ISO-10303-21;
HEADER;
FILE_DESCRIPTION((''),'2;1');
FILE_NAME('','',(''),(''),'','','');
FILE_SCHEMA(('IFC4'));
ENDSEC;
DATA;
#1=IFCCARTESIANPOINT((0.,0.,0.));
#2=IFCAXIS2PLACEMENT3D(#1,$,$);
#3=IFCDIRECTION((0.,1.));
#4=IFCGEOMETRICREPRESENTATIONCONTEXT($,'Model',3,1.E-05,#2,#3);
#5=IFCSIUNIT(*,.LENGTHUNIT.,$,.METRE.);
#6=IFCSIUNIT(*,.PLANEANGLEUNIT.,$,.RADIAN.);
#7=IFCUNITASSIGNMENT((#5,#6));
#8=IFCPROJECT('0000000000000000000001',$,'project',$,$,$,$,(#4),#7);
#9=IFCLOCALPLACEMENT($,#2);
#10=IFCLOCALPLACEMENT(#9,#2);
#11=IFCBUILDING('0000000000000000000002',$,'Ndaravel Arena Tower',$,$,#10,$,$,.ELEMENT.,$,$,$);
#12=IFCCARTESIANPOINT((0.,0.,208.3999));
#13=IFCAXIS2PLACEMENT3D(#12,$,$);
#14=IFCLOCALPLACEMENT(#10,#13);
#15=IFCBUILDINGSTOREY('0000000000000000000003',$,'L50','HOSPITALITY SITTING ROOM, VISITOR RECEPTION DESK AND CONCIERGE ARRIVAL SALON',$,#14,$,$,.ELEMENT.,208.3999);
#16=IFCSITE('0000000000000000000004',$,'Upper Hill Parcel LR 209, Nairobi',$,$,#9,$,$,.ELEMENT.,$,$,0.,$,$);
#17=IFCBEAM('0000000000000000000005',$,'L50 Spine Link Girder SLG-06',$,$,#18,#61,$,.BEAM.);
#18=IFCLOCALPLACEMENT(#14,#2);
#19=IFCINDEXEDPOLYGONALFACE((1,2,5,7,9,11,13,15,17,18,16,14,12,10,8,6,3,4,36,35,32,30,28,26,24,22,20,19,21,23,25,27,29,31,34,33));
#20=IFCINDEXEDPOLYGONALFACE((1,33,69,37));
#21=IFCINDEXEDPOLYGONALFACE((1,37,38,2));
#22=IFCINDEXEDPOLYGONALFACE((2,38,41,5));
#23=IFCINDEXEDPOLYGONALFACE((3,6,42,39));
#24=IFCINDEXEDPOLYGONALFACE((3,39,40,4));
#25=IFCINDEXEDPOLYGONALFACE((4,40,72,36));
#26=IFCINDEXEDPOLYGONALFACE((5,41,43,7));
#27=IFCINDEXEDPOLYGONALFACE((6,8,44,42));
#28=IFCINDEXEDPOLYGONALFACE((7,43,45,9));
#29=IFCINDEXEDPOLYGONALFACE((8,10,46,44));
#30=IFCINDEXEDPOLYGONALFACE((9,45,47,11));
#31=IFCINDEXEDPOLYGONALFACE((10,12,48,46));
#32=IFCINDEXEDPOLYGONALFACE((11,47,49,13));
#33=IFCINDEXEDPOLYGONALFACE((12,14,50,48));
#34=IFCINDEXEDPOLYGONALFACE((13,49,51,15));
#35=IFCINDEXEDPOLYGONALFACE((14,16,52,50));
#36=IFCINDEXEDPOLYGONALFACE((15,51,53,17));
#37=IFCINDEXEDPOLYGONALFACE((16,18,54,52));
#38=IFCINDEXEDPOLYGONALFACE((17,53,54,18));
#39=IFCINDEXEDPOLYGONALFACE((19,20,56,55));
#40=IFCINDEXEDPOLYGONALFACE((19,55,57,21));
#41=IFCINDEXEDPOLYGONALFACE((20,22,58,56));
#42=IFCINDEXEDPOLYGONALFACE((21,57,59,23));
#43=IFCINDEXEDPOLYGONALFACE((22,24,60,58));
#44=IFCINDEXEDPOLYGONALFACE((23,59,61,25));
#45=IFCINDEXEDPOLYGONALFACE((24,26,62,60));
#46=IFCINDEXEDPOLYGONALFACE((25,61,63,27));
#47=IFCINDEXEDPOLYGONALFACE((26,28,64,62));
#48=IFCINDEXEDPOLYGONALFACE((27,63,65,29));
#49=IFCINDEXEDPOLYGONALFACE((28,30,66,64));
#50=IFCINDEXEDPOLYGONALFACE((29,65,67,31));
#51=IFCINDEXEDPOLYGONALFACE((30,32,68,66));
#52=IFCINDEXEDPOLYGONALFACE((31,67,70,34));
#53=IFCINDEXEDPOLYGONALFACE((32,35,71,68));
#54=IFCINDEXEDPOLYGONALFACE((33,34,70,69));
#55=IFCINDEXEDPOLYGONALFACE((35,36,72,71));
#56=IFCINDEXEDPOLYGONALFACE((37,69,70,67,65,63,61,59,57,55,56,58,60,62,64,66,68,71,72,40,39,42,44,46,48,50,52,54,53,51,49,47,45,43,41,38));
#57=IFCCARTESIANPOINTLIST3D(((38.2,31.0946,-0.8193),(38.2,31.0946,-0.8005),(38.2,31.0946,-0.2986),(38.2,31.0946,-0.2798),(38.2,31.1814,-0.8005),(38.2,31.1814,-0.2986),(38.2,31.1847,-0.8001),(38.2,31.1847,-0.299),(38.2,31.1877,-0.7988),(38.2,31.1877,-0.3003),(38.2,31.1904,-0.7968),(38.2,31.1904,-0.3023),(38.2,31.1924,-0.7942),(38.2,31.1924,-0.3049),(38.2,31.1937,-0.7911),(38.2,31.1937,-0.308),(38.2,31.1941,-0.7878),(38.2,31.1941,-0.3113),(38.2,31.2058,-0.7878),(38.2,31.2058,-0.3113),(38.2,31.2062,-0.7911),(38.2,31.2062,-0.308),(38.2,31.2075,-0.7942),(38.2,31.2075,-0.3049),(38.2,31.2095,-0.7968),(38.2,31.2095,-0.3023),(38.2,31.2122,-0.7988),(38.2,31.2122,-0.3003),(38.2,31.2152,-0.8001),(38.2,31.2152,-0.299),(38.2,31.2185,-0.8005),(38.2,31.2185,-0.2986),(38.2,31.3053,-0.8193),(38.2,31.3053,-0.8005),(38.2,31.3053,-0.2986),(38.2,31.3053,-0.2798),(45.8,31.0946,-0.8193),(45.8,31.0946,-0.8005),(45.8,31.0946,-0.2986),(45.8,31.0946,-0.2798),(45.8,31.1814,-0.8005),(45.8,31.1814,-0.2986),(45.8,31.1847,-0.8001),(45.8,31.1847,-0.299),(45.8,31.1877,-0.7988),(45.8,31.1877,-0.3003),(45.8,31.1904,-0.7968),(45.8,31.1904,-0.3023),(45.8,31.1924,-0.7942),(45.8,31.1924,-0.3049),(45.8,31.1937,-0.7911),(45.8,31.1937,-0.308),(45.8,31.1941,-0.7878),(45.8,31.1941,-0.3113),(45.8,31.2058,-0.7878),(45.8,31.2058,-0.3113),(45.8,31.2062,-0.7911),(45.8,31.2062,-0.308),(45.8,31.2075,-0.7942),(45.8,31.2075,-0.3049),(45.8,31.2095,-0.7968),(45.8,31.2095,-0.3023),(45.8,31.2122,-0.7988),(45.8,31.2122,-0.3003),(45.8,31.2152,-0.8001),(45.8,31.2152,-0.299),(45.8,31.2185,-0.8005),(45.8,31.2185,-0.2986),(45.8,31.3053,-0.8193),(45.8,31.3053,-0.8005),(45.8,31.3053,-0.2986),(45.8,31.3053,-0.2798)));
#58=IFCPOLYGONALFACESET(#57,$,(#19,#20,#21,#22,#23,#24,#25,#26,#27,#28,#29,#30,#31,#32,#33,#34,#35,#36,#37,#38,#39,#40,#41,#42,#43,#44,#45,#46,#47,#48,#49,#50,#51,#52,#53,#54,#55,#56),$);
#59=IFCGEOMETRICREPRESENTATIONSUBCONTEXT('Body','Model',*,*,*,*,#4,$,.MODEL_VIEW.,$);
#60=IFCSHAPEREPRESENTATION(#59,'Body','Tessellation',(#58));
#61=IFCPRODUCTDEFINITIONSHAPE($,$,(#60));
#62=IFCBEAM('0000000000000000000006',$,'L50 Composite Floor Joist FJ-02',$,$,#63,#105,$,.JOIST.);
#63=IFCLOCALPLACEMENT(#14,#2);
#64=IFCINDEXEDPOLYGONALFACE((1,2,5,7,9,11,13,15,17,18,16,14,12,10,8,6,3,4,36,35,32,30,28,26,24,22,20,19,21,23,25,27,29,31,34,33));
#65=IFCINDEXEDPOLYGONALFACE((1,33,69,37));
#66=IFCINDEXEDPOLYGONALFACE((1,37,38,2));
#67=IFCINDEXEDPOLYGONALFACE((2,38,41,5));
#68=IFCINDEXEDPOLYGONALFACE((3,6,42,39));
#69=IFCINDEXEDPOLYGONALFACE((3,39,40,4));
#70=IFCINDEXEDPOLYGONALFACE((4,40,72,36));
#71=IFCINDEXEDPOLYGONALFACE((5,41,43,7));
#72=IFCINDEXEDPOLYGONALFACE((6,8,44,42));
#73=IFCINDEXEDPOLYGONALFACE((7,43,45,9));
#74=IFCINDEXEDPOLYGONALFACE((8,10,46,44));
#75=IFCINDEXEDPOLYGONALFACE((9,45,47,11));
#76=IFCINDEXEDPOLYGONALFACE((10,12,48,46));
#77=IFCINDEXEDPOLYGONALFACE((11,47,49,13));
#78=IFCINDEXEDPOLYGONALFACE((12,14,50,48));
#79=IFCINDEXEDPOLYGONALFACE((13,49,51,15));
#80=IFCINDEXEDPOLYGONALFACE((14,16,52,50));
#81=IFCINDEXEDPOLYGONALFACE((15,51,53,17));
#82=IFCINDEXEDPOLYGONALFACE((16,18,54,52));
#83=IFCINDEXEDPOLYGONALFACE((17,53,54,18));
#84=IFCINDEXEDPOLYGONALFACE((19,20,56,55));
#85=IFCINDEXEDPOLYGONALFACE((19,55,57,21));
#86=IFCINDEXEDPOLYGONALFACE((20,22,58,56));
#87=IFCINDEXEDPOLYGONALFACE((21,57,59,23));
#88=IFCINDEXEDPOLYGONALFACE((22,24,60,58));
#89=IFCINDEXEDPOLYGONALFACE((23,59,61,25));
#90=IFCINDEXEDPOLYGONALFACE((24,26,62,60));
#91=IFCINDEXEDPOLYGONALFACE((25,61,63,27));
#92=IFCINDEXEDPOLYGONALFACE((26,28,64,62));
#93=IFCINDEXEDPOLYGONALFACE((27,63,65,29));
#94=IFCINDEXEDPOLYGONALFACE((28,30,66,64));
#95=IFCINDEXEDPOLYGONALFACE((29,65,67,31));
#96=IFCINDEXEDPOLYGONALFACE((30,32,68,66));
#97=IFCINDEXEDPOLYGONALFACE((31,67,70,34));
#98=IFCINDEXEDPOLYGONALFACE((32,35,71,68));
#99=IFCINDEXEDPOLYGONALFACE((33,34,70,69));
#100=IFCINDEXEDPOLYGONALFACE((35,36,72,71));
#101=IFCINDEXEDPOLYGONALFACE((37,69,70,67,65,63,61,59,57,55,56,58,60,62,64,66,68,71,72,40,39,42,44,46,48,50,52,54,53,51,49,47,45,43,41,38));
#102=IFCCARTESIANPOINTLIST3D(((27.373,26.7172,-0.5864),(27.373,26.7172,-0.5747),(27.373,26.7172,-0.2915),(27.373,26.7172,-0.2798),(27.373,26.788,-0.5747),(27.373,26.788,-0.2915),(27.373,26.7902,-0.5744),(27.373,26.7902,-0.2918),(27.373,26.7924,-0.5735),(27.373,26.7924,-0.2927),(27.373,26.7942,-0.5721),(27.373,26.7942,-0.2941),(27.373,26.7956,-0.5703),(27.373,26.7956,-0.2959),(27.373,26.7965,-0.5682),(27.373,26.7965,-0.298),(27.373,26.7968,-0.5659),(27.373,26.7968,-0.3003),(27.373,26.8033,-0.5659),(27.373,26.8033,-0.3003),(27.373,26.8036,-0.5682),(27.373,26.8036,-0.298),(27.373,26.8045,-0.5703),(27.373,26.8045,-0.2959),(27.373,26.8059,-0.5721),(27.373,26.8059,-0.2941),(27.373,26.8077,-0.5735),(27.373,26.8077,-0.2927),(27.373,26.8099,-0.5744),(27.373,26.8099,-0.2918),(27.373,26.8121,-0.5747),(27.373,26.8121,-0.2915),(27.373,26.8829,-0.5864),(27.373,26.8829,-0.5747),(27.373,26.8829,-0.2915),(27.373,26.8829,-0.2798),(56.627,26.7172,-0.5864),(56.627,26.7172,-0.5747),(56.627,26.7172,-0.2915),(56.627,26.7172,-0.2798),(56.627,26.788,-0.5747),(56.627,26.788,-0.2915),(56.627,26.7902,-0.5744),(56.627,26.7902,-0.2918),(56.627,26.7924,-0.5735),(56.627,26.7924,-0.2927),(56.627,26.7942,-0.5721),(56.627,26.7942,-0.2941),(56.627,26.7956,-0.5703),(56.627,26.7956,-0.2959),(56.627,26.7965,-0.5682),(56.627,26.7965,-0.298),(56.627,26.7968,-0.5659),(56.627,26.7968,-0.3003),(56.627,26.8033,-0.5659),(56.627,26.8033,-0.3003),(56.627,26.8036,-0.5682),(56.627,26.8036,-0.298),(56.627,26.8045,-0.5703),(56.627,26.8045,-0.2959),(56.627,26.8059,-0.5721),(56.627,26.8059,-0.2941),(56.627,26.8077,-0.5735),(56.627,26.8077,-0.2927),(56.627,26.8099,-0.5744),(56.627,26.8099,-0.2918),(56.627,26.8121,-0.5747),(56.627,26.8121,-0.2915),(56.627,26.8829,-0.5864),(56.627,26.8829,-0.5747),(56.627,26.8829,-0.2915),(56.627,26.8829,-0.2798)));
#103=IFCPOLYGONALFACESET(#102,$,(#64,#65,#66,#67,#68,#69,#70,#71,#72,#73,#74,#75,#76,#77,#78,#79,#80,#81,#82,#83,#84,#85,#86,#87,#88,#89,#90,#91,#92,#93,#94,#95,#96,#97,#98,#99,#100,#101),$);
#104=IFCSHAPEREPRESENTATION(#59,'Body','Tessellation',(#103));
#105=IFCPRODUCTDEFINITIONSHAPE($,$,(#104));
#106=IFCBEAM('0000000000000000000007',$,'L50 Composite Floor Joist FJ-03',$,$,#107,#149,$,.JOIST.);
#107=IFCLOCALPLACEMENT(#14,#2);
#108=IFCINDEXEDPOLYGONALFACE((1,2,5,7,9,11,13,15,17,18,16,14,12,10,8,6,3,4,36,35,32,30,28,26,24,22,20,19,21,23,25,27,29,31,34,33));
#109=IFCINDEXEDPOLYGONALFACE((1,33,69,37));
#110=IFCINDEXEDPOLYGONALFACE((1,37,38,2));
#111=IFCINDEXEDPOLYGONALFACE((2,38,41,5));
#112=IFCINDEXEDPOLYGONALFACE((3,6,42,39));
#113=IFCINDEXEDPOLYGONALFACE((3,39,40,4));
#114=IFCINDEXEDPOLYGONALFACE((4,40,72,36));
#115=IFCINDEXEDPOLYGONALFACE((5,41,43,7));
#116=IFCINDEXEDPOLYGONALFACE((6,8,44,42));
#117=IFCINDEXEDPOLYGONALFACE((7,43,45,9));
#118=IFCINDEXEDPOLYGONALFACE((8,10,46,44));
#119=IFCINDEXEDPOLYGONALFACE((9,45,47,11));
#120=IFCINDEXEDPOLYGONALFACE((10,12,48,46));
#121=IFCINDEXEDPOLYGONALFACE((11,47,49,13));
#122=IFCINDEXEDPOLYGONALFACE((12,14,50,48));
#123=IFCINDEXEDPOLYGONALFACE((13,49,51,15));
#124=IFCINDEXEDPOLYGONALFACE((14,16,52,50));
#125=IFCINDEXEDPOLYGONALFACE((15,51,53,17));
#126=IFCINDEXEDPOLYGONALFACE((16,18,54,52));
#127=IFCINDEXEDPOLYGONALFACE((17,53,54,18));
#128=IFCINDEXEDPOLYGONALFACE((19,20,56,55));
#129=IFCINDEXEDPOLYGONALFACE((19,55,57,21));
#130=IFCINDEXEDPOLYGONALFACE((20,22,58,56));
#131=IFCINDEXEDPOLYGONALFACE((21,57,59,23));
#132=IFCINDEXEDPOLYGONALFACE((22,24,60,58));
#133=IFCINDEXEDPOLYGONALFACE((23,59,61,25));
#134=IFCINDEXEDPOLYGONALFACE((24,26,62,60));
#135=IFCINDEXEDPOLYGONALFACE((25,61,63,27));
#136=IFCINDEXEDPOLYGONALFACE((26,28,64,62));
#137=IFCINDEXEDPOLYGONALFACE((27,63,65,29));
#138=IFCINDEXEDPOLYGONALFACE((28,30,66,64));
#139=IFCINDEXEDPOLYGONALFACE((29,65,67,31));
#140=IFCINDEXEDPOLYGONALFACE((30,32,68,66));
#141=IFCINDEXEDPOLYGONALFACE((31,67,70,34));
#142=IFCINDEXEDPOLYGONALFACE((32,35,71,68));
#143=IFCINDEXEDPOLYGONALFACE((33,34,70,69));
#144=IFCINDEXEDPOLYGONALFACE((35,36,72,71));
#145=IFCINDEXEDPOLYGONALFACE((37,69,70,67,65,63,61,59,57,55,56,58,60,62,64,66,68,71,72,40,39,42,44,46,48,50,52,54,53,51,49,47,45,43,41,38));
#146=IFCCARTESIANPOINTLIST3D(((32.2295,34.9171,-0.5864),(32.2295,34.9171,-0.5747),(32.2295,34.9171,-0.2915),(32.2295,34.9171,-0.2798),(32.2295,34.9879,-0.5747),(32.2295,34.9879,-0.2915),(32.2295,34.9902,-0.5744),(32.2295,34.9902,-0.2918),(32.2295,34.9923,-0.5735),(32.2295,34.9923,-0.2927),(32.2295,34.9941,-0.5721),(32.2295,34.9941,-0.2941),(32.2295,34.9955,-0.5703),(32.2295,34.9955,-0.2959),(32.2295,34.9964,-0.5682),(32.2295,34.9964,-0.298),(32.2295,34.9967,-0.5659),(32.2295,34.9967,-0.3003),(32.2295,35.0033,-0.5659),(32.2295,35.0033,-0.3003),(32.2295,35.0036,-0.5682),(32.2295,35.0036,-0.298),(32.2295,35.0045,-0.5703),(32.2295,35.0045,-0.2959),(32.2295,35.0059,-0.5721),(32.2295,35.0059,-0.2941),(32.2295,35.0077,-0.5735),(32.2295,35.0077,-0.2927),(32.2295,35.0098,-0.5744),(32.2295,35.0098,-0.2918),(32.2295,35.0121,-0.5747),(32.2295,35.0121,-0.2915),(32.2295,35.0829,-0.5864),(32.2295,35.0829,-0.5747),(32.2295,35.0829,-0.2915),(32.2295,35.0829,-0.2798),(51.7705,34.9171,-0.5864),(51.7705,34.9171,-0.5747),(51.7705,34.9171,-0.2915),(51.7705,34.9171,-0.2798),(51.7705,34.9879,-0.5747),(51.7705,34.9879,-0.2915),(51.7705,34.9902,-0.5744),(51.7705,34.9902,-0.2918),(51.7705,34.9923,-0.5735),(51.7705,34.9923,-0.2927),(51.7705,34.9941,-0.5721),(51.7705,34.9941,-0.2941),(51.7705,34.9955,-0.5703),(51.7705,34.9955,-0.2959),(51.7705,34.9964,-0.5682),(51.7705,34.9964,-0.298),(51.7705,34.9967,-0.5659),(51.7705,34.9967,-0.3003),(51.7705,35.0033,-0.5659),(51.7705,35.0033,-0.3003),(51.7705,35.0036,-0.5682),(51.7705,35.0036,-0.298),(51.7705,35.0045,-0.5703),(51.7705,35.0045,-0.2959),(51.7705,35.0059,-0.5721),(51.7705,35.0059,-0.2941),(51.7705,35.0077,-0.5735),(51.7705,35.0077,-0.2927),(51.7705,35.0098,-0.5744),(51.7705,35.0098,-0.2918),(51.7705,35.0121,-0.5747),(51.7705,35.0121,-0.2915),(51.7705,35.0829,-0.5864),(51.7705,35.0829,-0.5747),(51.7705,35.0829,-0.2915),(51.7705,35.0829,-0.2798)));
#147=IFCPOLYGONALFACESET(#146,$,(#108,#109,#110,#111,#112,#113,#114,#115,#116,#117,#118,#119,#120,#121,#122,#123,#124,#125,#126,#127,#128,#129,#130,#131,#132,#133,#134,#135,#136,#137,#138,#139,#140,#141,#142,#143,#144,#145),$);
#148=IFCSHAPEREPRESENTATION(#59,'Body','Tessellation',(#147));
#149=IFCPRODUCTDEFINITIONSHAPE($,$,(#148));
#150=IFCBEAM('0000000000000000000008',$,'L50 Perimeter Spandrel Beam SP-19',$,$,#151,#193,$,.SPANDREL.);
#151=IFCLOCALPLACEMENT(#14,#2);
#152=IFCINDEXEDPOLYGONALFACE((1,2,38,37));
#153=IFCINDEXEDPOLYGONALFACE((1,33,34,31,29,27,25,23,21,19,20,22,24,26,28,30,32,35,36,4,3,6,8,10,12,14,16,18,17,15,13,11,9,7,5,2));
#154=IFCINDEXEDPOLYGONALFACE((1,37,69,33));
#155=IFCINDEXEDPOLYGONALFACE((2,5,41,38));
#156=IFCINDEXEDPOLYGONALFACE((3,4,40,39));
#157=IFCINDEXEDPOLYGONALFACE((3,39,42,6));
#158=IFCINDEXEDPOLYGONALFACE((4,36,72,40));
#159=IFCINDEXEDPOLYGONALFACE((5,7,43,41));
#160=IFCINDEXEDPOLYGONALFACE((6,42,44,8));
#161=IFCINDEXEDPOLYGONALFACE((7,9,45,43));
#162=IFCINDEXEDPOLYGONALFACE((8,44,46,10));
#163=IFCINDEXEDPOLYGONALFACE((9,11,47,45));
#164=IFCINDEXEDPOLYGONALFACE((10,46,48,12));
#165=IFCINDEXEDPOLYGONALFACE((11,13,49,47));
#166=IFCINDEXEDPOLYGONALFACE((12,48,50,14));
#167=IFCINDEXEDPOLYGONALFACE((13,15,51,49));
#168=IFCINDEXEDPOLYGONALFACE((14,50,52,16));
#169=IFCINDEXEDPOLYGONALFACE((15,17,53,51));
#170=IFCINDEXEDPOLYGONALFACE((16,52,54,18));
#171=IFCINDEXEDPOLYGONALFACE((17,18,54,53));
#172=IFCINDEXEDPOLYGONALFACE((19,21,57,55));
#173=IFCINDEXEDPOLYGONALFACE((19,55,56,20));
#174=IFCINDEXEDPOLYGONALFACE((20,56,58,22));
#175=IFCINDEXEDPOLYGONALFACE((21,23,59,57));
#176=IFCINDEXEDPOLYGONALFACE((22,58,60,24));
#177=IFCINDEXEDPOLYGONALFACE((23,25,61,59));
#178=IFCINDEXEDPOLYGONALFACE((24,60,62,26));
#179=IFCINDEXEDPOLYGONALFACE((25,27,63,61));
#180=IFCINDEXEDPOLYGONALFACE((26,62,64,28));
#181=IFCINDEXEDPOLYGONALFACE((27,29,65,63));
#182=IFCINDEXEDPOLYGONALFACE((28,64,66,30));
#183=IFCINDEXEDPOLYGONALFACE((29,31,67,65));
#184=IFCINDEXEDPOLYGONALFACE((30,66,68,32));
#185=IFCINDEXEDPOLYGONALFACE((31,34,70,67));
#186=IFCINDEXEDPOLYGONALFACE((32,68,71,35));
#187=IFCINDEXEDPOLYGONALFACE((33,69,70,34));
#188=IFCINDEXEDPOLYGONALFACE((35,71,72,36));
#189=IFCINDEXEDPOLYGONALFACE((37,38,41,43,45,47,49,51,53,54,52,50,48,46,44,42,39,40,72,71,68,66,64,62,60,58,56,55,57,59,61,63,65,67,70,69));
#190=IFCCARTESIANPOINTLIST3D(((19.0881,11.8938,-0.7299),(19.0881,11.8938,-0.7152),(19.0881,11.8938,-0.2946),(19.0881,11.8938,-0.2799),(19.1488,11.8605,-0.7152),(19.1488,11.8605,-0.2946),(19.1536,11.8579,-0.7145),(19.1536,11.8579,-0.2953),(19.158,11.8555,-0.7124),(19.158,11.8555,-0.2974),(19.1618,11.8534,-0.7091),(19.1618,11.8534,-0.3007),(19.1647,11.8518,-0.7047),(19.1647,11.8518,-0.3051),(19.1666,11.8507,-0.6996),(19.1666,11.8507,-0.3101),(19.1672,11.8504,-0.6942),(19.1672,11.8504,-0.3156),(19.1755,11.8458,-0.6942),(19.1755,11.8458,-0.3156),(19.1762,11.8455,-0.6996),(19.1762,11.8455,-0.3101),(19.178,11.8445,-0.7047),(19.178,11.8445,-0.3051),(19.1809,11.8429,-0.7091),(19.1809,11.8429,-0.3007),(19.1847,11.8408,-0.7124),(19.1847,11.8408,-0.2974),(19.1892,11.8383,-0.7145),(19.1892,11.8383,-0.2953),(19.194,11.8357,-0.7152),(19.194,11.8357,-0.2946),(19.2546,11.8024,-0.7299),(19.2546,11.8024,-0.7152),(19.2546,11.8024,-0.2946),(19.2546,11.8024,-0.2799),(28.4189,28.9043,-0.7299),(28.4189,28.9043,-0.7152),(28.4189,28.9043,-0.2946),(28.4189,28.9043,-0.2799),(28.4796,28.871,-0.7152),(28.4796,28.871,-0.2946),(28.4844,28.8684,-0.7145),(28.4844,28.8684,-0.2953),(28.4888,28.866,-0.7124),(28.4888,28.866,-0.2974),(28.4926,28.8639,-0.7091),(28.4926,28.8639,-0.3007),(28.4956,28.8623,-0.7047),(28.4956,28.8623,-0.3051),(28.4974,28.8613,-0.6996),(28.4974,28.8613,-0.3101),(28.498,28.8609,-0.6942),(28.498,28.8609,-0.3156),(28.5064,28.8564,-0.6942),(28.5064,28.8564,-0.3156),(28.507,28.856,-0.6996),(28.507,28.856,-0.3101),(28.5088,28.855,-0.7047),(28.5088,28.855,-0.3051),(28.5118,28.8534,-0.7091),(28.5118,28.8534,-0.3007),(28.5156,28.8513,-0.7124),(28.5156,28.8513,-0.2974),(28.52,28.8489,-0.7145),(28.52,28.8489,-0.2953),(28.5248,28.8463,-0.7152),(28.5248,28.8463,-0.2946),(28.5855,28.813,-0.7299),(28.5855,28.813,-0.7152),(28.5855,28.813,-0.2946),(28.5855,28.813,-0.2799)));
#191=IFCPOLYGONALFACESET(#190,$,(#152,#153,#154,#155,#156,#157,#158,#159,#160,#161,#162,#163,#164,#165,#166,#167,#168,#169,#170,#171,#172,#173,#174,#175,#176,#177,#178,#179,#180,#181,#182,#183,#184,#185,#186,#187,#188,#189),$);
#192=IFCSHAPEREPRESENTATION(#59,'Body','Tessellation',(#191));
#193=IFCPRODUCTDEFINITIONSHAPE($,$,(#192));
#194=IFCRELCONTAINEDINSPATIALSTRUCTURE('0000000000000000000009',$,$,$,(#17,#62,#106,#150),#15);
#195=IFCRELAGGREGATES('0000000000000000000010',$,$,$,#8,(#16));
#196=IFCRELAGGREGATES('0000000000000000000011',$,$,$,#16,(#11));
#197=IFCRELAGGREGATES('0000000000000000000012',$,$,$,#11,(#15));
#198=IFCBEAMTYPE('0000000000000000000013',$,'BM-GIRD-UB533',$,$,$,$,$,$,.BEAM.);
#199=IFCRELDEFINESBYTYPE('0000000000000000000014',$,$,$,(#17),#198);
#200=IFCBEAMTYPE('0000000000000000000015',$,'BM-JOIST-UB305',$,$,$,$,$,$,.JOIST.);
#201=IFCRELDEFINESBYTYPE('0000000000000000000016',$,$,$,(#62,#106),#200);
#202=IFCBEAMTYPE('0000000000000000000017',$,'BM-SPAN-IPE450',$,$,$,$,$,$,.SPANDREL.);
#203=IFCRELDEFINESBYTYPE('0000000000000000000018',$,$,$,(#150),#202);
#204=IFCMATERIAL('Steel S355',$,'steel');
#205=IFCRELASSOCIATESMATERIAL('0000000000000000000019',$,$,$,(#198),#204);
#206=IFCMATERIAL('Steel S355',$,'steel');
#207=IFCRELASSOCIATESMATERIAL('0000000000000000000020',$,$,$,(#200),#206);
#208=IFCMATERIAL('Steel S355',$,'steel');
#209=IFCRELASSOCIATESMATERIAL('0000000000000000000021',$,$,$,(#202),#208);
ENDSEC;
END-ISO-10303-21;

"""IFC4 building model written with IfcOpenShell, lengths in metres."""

from ifc_helpers import new_model, si_unit, direction, frame, origin, origin_2d, place, context, subcontext, project, spatial, i_section, extrude, material, material_profile, profile_set, type_object, element, save


model = new_model("IFC4")

# Units and contexts
model_context = context("Model", 3, precision=1e-05, world=origin(), true_north=direction((0.0, 1.0)))
body_context = subcontext(model_context, "Body", "Model", "MODEL_VIEW")
ifc_project = project(units=[si_unit("LENGTHUNIT", "METRE"), si_unit("PLANEANGLEUNIT", "RADIAN")], contexts=[model_context])

# Site, building, storey
site_placement = place(None, origin())
site = spatial("IfcSite", under=ifc_project, at=site_placement, Name="Upper Hill Parcel LR 209, Nairobi", CompositionType="ELEMENT", RefElevation=0.0)
building_placement = place(site_placement, origin())
building = spatial("IfcBuilding", under=site, at=building_placement, Name="Ndaravel Arena Tower", CompositionType="ELEMENT")
storey_placement = place(building_placement, frame((0.0, 0.0, 208.3999)))
storey = spatial("IfcBuildingStorey", under=building, at=storey_placement, Name="L50", Description="HOSPITALITY SITTING ROOM, VISITOR RECEPTION DESK AND CONCIERGE ARRIVAL SALON", CompositionType="ELEMENT", Elevation=208.3999)

# Beams
ifc_material_1 = material(Name="Steel S355", Category="steel")
ifc_material_profile_1 = material_profile(ifc_material_1, i_section(OverallWidth=0.2107, OverallDepth=0.5396, WebThickness=0.0117, FlangeThickness=0.0188, FilletRadius=0.0127, at=origin_2d()), Name="UB 533x210x109")
ifc_profile_set_1 = profile_set([ifc_material_profile_1], Name="Steel S355")
beam_type_1 = type_object("IfcBeamType", Name="BM-GIRD-UB533", PredefinedType="BEAM", material=ifc_profile_set_1)
beam_1_placement = place(storey_placement, frame((38.2, 31.2, -0.5496), z_axis=(1.0, 0.0, 0.0), x_axis=(0.0, 1.0, 0.0)))
element("IfcBeam", 1, at=beam_1_placement, inside=storey, type_object=beam_type_1, Name="L50 Spine Link Girder SLG-06", PredefinedType="BEAM", context=body_context, shape_type="SweptSolid", body=[
    extrude(i_section(OverallWidth=0.2107, OverallDepth=0.5396, WebThickness=0.0117, FlangeThickness=0.0188, FilletRadius=0.0127, at=origin_2d()), origin(), (0.0, 0.0, 1.0), 7.6001),
])
ifc_material_2 = material(Name="Steel S355", Category="steel")
ifc_material_profile_2 = material_profile(ifc_material_2, i_section(OverallWidth=0.1658, OverallDepth=0.3066, WebThickness=0.0066, FlangeThickness=0.0117, FilletRadius=0.0088, at=origin_2d()), Name="UB 305x165x46")
ifc_profile_set_2 = profile_set([ifc_material_profile_2], Name="Steel S355")
beam_type_2 = type_object("IfcBeamType", Name="BM-JOIST-UB305", PredefinedType="JOIST", material=ifc_profile_set_2)
beam_2_placement = place(storey_placement, frame((27.373, 26.8, -0.4331), z_axis=(1.0, 0.0, 0.0), x_axis=(0.0, 1.0, 0.0)))
element("IfcBeam", 2, at=beam_2_placement, inside=storey, type_object=beam_type_2, Name="L50 Composite Floor Joist FJ-02", PredefinedType="JOIST", context=body_context, shape_type="SweptSolid", body=[
    extrude(i_section(OverallWidth=0.1658, OverallDepth=0.3066, WebThickness=0.0066, FlangeThickness=0.0117, FilletRadius=0.0088, at=origin_2d()), origin(), (0.0, 0.0, 1.0), 29.2539),
])
beam_3_placement = place(storey_placement, frame((32.2295, 35.0, -0.4331), z_axis=(1.0, 0.0, 0.0), x_axis=(0.0, 1.0, 0.0)))
element("IfcBeam", 3, at=beam_3_placement, inside=storey, type_object=beam_type_2, Name="L50 Composite Floor Joist FJ-03", PredefinedType="JOIST", context=body_context, shape_type="SweptSolid", body=[
    extrude(i_section(OverallWidth=0.1658, OverallDepth=0.3066, WebThickness=0.0066, FlangeThickness=0.0117, FilletRadius=0.0088, at=origin_2d()), origin(), (0.0, 0.0, 1.0), 19.541),
])
ifc_material_3 = material(Name="Steel S355", Category="steel")
ifc_material_profile_3 = material_profile(ifc_material_3, i_section(OverallWidth=0.1899, OverallDepth=0.45, WebThickness=0.0095, FlangeThickness=0.0146, FilletRadius=0.021, at=origin_2d()), Name="IPE 450")
ifc_profile_set_3 = profile_set([ifc_material_profile_3], Name="Steel S355")
beam_type_3 = type_object("IfcBeamType", Name="BM-SPAN-IPE450", PredefinedType="SPANDREL", material=ifc_profile_set_3)
beam_4_placement = place(storey_placement, frame((28.5022, 28.8586, -0.5049), z_axis=(-0.480931, -0.876759, 0.0), x_axis=(0.876759, -0.480931, 0.0)))
element("IfcBeam", 4, at=beam_4_placement, inside=storey, type_object=beam_type_3, Name="L50 Perimeter Spandrel Beam SP-19", PredefinedType="SPANDREL", context=body_context, shape_type="SweptSolid", body=[
    extrude(i_section(OverallWidth=0.1899, OverallDepth=0.45, WebThickness=0.0095, FlangeThickness=0.0146, FilletRadius=0.021, at=origin_2d()), origin(), (0.0, 0.0, 1.0), 19.4016),
])

save(model, "model.ifc")
